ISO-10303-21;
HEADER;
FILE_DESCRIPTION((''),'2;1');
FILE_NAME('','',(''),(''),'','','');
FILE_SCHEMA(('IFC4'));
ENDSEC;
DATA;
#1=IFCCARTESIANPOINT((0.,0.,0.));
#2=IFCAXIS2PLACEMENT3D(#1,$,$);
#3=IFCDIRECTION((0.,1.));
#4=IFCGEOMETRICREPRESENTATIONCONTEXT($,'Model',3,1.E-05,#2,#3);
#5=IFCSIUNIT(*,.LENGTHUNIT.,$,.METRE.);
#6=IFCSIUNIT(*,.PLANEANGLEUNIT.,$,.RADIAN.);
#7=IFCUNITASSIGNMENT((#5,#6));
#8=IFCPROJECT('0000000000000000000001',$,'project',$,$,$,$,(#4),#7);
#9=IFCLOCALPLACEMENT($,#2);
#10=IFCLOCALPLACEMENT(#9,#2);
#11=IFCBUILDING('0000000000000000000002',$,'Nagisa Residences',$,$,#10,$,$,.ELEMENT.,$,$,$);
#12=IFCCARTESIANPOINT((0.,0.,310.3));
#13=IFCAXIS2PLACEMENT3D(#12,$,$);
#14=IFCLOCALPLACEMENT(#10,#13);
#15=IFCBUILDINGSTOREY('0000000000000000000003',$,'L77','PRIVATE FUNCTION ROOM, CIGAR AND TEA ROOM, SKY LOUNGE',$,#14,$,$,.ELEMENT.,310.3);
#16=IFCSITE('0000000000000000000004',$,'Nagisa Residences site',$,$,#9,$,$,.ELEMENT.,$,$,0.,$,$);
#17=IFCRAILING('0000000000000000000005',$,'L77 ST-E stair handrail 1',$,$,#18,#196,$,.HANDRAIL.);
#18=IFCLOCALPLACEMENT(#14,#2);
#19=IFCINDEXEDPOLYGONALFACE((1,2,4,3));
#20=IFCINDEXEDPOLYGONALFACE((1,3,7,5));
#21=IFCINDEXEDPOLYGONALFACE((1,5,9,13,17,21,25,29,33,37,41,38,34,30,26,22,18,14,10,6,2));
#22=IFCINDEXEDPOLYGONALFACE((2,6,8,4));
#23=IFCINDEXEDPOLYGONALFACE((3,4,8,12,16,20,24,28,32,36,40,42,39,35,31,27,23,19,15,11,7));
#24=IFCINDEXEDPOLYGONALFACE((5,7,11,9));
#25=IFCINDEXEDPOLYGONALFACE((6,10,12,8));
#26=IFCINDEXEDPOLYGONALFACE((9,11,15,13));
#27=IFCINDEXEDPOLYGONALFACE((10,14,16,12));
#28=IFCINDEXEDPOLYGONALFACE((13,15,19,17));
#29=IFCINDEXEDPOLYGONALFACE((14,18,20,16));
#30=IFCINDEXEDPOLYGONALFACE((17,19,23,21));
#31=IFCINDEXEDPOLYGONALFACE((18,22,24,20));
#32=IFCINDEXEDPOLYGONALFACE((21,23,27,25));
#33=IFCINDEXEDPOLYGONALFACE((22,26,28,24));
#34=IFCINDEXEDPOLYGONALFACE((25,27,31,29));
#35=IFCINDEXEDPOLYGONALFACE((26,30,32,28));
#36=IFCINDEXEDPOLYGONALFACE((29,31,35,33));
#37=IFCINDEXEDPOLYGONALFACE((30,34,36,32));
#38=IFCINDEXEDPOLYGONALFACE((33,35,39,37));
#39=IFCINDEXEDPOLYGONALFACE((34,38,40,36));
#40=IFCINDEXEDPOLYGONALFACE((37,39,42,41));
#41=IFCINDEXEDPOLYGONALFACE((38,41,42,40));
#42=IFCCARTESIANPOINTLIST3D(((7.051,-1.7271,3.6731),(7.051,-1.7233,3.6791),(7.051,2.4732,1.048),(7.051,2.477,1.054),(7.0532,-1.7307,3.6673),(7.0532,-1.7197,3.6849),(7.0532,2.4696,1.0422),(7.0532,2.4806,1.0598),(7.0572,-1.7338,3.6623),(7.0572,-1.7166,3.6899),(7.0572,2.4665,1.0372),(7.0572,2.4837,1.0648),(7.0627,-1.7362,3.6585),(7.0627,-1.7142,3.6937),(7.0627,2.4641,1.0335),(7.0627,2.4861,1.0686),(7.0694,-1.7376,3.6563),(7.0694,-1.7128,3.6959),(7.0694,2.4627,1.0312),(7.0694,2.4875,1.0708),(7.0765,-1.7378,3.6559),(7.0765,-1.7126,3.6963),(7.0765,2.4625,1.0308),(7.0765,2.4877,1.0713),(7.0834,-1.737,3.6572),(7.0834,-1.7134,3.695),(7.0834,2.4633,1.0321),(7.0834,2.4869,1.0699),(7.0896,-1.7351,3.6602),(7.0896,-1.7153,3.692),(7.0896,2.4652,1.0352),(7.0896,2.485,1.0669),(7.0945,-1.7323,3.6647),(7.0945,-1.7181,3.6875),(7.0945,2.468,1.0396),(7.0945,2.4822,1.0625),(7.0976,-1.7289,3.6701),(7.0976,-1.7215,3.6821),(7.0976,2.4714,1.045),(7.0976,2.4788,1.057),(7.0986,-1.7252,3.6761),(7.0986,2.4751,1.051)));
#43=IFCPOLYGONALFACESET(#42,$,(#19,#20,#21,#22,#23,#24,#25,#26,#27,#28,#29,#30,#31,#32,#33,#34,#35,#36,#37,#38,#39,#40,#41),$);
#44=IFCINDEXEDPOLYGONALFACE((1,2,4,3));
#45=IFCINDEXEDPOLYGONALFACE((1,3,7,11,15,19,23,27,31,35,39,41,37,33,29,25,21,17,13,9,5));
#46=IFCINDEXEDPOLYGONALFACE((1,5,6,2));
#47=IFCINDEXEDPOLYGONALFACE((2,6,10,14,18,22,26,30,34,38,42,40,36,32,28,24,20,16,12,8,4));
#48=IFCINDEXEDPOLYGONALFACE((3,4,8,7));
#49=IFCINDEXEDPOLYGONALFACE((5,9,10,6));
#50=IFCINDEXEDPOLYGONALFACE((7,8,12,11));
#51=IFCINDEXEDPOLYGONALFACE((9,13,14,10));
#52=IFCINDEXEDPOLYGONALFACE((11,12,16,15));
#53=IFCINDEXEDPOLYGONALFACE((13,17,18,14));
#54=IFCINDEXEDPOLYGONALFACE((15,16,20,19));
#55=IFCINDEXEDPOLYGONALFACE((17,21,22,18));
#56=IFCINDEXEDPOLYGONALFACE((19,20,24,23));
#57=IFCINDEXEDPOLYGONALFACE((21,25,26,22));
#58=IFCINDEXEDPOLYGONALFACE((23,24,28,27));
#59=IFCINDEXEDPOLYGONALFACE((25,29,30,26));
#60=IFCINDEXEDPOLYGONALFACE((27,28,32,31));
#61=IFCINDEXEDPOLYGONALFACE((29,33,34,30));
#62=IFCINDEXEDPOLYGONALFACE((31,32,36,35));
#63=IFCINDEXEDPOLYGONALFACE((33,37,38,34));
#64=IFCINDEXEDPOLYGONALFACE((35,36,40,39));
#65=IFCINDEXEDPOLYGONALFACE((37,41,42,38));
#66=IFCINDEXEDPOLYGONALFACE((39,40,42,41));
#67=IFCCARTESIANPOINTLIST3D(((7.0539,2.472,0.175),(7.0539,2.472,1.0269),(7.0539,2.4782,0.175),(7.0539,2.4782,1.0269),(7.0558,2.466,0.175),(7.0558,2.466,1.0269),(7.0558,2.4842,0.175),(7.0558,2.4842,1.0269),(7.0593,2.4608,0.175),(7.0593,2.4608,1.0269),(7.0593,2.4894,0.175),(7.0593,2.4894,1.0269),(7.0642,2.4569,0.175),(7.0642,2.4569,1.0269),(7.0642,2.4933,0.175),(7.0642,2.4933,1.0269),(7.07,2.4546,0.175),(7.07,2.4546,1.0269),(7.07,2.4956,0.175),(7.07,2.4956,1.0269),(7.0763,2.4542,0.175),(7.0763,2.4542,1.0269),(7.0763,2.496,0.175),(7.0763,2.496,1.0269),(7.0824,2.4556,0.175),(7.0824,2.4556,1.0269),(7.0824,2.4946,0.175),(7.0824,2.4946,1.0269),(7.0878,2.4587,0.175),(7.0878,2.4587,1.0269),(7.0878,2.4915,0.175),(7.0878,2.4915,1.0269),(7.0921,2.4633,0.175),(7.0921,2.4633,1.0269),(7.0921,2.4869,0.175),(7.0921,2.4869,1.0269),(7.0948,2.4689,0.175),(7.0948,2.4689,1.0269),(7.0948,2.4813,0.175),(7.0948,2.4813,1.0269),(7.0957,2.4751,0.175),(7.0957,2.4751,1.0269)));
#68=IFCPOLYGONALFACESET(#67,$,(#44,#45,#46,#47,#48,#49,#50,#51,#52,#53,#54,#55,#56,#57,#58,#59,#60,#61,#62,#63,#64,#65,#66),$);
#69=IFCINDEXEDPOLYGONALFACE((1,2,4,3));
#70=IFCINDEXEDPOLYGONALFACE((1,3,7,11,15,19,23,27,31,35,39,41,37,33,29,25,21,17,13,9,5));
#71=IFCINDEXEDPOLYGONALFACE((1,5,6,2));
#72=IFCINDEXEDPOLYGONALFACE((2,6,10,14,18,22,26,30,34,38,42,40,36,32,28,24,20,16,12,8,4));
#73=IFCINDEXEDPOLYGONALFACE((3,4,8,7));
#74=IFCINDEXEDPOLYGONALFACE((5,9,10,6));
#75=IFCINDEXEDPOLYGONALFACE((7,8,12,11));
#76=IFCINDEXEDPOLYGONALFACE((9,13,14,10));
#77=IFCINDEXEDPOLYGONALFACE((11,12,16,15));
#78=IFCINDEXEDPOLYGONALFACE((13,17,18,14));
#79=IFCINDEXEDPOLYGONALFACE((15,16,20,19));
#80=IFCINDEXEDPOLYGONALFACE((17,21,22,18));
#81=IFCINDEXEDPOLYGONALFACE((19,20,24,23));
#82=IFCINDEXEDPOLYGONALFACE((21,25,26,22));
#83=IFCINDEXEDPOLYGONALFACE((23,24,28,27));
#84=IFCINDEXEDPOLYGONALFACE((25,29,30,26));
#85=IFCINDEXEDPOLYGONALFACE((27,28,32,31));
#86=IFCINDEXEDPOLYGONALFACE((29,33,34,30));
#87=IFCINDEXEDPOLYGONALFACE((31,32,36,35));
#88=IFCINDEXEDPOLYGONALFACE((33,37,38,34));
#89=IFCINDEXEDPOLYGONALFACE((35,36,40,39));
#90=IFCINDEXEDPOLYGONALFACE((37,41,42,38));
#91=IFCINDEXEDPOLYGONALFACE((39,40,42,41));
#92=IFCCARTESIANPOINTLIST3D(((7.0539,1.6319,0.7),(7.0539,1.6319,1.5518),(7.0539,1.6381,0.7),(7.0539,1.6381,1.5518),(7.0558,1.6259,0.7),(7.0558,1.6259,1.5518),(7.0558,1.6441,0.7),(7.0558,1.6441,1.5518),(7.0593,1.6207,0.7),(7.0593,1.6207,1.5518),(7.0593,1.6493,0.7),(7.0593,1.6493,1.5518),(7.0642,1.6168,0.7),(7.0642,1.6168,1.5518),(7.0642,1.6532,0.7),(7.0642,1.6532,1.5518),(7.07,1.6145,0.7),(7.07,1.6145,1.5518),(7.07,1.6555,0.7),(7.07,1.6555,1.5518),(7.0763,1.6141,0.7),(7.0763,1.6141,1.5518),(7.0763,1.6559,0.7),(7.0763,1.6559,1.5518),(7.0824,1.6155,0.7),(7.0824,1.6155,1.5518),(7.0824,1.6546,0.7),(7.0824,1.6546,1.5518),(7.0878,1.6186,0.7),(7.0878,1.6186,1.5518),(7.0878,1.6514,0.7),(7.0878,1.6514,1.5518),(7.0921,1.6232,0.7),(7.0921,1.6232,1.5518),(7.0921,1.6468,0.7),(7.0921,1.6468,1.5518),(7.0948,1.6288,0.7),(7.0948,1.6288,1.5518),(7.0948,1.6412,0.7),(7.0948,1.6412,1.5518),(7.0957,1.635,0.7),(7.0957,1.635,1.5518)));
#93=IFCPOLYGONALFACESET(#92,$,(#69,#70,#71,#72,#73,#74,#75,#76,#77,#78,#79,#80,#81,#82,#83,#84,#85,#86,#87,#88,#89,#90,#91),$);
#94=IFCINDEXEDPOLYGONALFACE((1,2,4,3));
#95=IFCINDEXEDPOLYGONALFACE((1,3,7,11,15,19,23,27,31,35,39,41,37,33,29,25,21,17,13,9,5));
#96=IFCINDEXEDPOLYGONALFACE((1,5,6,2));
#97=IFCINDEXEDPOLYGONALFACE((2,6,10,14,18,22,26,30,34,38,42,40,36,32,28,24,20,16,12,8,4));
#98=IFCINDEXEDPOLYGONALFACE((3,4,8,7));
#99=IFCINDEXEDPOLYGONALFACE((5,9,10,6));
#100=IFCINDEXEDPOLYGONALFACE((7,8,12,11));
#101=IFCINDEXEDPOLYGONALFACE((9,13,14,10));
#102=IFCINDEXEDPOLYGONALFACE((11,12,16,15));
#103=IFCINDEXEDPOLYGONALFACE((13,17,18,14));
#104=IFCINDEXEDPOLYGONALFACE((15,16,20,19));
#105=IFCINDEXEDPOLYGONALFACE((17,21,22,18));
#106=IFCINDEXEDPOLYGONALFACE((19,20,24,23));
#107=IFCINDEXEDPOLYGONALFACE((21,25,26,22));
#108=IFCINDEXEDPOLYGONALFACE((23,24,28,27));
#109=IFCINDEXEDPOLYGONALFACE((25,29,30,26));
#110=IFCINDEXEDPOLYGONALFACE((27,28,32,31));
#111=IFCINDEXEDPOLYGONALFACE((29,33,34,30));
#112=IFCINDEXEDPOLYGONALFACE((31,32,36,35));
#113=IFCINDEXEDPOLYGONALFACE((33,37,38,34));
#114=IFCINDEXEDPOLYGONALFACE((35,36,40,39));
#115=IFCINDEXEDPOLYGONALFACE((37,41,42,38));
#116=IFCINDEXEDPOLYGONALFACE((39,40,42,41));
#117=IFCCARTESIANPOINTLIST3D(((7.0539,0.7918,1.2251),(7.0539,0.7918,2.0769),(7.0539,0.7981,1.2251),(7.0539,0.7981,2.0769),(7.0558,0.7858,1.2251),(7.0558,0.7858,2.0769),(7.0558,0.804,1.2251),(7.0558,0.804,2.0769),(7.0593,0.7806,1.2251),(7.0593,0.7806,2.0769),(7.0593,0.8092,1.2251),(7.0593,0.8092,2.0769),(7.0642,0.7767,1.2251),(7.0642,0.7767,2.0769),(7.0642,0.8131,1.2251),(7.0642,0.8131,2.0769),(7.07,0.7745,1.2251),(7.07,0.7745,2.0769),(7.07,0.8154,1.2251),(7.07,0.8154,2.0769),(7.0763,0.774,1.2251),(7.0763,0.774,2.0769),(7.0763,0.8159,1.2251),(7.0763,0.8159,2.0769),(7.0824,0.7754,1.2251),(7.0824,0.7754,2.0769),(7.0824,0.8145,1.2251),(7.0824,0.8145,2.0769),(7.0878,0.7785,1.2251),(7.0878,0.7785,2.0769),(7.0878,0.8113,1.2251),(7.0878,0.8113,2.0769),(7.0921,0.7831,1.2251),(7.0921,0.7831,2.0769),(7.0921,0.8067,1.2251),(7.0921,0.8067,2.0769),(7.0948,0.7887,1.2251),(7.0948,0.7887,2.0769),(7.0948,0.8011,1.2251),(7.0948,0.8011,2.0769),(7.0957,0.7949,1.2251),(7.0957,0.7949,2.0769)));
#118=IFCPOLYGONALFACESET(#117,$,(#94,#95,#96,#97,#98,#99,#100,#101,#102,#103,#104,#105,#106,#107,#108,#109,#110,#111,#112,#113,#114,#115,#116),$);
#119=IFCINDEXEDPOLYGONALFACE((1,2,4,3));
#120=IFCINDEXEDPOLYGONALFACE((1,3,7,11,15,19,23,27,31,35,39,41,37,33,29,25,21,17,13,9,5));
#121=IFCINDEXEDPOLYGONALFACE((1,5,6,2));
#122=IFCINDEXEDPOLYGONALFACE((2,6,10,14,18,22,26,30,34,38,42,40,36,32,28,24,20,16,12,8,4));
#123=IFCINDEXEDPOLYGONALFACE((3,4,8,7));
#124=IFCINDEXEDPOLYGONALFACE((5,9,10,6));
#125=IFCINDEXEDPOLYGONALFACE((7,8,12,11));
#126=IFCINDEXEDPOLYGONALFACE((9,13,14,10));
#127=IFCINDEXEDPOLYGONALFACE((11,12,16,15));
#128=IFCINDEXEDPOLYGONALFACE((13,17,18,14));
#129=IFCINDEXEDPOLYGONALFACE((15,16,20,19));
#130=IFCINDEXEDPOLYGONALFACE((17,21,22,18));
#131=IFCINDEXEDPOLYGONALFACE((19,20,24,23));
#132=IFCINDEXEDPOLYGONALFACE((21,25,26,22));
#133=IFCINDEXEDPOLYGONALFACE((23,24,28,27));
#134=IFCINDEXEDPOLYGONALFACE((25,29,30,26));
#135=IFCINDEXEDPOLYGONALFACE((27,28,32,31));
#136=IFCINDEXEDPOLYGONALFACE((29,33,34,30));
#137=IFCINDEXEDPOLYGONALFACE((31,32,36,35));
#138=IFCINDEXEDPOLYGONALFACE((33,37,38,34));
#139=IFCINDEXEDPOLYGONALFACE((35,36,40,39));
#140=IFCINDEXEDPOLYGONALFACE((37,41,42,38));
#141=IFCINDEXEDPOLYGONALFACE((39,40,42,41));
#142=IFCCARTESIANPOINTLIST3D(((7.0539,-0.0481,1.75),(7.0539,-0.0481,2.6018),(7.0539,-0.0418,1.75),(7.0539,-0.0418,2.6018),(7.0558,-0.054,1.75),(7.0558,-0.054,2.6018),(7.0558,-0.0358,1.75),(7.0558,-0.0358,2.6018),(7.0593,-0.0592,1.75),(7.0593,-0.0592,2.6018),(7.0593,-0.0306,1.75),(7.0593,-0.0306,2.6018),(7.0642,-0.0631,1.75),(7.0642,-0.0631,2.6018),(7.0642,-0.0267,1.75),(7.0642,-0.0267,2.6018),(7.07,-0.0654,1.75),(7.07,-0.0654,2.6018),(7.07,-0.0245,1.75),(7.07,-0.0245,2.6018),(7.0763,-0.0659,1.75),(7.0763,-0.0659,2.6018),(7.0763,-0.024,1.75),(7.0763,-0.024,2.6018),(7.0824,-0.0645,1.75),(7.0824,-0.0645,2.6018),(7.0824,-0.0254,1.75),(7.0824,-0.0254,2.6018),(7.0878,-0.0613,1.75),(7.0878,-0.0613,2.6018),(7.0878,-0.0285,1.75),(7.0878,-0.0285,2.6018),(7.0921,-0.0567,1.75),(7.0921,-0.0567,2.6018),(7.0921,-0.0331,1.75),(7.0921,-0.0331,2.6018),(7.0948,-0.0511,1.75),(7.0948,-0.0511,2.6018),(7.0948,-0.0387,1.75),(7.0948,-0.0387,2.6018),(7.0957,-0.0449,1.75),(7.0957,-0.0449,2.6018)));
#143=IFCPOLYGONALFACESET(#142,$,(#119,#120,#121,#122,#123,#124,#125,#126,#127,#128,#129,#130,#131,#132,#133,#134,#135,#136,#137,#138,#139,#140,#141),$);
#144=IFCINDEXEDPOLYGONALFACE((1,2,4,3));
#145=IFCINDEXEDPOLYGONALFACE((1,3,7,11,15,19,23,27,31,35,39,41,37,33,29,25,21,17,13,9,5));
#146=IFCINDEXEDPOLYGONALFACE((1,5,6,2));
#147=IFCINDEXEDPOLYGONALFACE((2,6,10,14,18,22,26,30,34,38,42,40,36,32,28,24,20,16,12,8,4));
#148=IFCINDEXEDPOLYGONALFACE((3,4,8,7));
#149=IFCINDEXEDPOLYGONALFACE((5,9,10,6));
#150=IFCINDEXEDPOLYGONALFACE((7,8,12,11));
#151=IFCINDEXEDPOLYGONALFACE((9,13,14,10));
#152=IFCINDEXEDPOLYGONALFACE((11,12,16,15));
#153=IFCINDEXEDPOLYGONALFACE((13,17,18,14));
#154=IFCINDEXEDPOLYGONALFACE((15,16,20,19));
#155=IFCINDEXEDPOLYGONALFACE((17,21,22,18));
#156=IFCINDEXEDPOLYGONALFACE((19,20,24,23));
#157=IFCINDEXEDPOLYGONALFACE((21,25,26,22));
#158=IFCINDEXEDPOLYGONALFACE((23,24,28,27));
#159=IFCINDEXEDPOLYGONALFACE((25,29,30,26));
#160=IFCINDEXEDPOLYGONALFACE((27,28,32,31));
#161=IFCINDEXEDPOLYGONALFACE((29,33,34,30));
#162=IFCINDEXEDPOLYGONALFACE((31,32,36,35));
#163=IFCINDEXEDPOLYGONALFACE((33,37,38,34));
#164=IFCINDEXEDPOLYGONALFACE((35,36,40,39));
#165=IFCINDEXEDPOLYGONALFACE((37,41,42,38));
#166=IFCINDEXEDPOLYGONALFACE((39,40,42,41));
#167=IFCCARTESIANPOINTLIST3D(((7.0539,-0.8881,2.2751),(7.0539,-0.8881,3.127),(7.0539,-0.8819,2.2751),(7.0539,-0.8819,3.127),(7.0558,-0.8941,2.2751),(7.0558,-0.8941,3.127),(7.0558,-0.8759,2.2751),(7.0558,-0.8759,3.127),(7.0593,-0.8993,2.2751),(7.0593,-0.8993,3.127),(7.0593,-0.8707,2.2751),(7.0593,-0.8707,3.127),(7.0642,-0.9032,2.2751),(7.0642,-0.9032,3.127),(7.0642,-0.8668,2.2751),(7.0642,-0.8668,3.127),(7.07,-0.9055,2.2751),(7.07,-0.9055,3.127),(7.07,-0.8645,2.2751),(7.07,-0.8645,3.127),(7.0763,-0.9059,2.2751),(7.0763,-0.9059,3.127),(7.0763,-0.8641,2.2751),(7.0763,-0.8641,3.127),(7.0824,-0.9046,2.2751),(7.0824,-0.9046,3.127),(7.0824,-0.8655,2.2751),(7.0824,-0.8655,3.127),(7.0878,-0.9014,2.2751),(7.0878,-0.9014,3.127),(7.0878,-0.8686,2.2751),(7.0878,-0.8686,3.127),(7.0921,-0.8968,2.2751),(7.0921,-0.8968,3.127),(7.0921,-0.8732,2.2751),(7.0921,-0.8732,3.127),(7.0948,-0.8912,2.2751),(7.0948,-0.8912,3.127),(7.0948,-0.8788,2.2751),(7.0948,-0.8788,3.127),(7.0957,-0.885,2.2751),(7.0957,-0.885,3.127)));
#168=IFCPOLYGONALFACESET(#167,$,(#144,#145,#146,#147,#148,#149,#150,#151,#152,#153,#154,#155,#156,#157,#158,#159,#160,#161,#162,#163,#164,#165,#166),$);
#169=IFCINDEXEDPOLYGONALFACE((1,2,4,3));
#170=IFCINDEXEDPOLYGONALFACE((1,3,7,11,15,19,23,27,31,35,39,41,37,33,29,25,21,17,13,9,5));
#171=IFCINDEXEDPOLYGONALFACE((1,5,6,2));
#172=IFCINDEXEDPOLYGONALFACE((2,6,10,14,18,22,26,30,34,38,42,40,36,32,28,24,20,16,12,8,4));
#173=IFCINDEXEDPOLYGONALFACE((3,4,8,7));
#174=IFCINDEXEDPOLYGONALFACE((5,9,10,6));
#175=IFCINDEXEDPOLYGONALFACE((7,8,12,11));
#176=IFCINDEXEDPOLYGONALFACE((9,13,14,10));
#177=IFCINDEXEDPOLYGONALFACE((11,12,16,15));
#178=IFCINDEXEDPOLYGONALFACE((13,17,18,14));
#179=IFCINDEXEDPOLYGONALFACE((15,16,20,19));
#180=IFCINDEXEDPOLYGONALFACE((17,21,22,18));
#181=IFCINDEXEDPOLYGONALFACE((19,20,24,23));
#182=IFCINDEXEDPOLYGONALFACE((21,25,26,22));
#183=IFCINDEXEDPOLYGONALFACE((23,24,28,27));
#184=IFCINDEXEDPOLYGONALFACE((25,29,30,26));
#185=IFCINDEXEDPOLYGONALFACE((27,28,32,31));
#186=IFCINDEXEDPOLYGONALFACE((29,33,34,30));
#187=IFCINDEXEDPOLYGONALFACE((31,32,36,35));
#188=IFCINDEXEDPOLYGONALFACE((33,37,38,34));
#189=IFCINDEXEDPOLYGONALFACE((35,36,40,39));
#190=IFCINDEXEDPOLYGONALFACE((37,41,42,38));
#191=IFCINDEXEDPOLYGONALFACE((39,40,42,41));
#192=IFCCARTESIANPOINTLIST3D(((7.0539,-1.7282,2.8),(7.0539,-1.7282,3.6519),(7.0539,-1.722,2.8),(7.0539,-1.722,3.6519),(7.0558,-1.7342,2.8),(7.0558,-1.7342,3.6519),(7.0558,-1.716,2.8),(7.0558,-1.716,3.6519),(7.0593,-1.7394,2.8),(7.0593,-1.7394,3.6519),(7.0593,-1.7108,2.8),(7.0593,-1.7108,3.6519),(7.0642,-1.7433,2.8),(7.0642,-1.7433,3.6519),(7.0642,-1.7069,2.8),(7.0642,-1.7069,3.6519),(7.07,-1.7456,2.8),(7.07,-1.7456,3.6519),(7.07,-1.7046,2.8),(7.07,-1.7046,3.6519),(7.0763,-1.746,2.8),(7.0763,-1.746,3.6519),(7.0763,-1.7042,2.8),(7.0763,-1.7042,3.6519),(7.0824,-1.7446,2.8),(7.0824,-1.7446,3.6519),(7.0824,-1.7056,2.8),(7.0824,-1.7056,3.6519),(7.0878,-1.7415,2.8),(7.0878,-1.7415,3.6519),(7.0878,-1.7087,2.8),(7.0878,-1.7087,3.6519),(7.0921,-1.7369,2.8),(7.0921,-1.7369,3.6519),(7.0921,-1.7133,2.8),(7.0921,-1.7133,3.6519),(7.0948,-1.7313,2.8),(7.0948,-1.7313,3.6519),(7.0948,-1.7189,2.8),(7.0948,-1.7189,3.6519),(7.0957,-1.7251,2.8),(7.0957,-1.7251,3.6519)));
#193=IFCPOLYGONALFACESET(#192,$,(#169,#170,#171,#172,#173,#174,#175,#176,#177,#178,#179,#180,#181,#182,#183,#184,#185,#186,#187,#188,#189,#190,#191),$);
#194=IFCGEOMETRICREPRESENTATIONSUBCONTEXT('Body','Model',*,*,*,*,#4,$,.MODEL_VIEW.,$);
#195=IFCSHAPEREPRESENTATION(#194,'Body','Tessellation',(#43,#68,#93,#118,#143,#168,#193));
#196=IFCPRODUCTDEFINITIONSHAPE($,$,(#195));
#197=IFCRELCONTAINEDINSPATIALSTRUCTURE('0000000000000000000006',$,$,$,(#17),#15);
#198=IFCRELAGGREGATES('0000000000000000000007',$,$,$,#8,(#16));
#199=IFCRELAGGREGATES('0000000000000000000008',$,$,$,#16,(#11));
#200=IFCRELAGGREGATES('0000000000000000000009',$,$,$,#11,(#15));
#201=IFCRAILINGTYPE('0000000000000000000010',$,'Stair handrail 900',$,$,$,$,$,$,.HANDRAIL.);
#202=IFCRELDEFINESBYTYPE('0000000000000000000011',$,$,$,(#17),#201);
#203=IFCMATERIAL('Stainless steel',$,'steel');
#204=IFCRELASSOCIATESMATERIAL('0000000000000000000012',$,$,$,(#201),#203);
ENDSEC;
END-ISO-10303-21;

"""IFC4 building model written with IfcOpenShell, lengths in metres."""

from ifc_helpers import new_model, si_unit, direction, frame, origin, origin_2d, place, context, subcontext, project, spatial, circle, extrude, material, type_object, element, save


model = new_model("IFC4")

# Units and contexts
model_context = context("Model", 3, precision=1e-05, world=origin(), true_north=direction((0.0, 1.0)))
body_context = subcontext(model_context, "Body", "Model", "MODEL_VIEW")
ifc_project = project(units=[si_unit("LENGTHUNIT", "METRE"), si_unit("PLANEANGLEUNIT", "RADIAN")], contexts=[model_context])

# Site, building, storey
site_placement = place(None, origin())
site = spatial("IfcSite", under=ifc_project, at=site_placement, Name="Nagisa Residences site", CompositionType="ELEMENT", RefElevation=0.0)
building_placement = place(site_placement, origin())
building = spatial("IfcBuilding", under=site, at=building_placement, Name="Nagisa Residences", CompositionType="ELEMENT")
storey_placement = place(building_placement, frame((0.0, 0.0, 310.3)))
storey = spatial("IfcBuildingStorey", under=building, at=storey_placement, Name="L77", Description="PRIVATE FUNCTION ROOM, CIGAR AND TEA ROOM, SKY LOUNGE", CompositionType="ELEMENT", Elevation=310.3)

# Railing
ifc_material_1 = material(Name="Stainless steel", Category="steel")
railing_type_1 = type_object("IfcRailingType", Name="Stair handrail 900", PredefinedType="HANDRAIL", material=ifc_material_1)
railing_1_placement = place(storey_placement, frame((7.0747, 2.4751, 0.175)))
element("IfcRailing", 1, at=railing_1_placement, inside=storey, type_object=railing_type_1, Name="L77 ST-E stair handrail 1", PredefinedType="HANDRAIL", context=body_context, shape_type="SweptSolid", body=[
    extrude(circle(Radius=0.0239, at=origin_2d()), frame((0.0, 0.0, 0.876), z_axis=(0.0, -0.848009, 0.529981), x_axis=(1.0, 0.0, 0.0)), (0.0, 0.0, 1.0), 4.9531),
    extrude(circle(Radius=0.021, at=origin_2d()), origin(), (0.0, 0.0, 1.0), 0.8518),
    extrude(circle(Radius=0.021, at=origin_2d()), frame((0.0, -0.8401, 0.5249)), (0.0, 0.0, 1.0), 0.8518),
    extrude(circle(Radius=0.021, at=origin_2d()), frame((0.0, -1.6802, 1.05)), (0.0, 0.0, 1.0), 0.8518),
    extrude(circle(Radius=0.021, at=origin_2d()), frame((0.0, -2.52, 1.575)), (0.0, 0.0, 1.0), 0.8518),
    extrude(circle(Radius=0.021, at=origin_2d()), frame((0.0, -3.3601, 2.1001)), (0.0, 0.0, 1.0), 0.8518),
    extrude(circle(Radius=0.021, at=origin_2d()), frame((0.0, -4.2002, 2.625)), (0.0, 0.0, 1.0), 0.8518),
])

save(model, "model.ifc")
